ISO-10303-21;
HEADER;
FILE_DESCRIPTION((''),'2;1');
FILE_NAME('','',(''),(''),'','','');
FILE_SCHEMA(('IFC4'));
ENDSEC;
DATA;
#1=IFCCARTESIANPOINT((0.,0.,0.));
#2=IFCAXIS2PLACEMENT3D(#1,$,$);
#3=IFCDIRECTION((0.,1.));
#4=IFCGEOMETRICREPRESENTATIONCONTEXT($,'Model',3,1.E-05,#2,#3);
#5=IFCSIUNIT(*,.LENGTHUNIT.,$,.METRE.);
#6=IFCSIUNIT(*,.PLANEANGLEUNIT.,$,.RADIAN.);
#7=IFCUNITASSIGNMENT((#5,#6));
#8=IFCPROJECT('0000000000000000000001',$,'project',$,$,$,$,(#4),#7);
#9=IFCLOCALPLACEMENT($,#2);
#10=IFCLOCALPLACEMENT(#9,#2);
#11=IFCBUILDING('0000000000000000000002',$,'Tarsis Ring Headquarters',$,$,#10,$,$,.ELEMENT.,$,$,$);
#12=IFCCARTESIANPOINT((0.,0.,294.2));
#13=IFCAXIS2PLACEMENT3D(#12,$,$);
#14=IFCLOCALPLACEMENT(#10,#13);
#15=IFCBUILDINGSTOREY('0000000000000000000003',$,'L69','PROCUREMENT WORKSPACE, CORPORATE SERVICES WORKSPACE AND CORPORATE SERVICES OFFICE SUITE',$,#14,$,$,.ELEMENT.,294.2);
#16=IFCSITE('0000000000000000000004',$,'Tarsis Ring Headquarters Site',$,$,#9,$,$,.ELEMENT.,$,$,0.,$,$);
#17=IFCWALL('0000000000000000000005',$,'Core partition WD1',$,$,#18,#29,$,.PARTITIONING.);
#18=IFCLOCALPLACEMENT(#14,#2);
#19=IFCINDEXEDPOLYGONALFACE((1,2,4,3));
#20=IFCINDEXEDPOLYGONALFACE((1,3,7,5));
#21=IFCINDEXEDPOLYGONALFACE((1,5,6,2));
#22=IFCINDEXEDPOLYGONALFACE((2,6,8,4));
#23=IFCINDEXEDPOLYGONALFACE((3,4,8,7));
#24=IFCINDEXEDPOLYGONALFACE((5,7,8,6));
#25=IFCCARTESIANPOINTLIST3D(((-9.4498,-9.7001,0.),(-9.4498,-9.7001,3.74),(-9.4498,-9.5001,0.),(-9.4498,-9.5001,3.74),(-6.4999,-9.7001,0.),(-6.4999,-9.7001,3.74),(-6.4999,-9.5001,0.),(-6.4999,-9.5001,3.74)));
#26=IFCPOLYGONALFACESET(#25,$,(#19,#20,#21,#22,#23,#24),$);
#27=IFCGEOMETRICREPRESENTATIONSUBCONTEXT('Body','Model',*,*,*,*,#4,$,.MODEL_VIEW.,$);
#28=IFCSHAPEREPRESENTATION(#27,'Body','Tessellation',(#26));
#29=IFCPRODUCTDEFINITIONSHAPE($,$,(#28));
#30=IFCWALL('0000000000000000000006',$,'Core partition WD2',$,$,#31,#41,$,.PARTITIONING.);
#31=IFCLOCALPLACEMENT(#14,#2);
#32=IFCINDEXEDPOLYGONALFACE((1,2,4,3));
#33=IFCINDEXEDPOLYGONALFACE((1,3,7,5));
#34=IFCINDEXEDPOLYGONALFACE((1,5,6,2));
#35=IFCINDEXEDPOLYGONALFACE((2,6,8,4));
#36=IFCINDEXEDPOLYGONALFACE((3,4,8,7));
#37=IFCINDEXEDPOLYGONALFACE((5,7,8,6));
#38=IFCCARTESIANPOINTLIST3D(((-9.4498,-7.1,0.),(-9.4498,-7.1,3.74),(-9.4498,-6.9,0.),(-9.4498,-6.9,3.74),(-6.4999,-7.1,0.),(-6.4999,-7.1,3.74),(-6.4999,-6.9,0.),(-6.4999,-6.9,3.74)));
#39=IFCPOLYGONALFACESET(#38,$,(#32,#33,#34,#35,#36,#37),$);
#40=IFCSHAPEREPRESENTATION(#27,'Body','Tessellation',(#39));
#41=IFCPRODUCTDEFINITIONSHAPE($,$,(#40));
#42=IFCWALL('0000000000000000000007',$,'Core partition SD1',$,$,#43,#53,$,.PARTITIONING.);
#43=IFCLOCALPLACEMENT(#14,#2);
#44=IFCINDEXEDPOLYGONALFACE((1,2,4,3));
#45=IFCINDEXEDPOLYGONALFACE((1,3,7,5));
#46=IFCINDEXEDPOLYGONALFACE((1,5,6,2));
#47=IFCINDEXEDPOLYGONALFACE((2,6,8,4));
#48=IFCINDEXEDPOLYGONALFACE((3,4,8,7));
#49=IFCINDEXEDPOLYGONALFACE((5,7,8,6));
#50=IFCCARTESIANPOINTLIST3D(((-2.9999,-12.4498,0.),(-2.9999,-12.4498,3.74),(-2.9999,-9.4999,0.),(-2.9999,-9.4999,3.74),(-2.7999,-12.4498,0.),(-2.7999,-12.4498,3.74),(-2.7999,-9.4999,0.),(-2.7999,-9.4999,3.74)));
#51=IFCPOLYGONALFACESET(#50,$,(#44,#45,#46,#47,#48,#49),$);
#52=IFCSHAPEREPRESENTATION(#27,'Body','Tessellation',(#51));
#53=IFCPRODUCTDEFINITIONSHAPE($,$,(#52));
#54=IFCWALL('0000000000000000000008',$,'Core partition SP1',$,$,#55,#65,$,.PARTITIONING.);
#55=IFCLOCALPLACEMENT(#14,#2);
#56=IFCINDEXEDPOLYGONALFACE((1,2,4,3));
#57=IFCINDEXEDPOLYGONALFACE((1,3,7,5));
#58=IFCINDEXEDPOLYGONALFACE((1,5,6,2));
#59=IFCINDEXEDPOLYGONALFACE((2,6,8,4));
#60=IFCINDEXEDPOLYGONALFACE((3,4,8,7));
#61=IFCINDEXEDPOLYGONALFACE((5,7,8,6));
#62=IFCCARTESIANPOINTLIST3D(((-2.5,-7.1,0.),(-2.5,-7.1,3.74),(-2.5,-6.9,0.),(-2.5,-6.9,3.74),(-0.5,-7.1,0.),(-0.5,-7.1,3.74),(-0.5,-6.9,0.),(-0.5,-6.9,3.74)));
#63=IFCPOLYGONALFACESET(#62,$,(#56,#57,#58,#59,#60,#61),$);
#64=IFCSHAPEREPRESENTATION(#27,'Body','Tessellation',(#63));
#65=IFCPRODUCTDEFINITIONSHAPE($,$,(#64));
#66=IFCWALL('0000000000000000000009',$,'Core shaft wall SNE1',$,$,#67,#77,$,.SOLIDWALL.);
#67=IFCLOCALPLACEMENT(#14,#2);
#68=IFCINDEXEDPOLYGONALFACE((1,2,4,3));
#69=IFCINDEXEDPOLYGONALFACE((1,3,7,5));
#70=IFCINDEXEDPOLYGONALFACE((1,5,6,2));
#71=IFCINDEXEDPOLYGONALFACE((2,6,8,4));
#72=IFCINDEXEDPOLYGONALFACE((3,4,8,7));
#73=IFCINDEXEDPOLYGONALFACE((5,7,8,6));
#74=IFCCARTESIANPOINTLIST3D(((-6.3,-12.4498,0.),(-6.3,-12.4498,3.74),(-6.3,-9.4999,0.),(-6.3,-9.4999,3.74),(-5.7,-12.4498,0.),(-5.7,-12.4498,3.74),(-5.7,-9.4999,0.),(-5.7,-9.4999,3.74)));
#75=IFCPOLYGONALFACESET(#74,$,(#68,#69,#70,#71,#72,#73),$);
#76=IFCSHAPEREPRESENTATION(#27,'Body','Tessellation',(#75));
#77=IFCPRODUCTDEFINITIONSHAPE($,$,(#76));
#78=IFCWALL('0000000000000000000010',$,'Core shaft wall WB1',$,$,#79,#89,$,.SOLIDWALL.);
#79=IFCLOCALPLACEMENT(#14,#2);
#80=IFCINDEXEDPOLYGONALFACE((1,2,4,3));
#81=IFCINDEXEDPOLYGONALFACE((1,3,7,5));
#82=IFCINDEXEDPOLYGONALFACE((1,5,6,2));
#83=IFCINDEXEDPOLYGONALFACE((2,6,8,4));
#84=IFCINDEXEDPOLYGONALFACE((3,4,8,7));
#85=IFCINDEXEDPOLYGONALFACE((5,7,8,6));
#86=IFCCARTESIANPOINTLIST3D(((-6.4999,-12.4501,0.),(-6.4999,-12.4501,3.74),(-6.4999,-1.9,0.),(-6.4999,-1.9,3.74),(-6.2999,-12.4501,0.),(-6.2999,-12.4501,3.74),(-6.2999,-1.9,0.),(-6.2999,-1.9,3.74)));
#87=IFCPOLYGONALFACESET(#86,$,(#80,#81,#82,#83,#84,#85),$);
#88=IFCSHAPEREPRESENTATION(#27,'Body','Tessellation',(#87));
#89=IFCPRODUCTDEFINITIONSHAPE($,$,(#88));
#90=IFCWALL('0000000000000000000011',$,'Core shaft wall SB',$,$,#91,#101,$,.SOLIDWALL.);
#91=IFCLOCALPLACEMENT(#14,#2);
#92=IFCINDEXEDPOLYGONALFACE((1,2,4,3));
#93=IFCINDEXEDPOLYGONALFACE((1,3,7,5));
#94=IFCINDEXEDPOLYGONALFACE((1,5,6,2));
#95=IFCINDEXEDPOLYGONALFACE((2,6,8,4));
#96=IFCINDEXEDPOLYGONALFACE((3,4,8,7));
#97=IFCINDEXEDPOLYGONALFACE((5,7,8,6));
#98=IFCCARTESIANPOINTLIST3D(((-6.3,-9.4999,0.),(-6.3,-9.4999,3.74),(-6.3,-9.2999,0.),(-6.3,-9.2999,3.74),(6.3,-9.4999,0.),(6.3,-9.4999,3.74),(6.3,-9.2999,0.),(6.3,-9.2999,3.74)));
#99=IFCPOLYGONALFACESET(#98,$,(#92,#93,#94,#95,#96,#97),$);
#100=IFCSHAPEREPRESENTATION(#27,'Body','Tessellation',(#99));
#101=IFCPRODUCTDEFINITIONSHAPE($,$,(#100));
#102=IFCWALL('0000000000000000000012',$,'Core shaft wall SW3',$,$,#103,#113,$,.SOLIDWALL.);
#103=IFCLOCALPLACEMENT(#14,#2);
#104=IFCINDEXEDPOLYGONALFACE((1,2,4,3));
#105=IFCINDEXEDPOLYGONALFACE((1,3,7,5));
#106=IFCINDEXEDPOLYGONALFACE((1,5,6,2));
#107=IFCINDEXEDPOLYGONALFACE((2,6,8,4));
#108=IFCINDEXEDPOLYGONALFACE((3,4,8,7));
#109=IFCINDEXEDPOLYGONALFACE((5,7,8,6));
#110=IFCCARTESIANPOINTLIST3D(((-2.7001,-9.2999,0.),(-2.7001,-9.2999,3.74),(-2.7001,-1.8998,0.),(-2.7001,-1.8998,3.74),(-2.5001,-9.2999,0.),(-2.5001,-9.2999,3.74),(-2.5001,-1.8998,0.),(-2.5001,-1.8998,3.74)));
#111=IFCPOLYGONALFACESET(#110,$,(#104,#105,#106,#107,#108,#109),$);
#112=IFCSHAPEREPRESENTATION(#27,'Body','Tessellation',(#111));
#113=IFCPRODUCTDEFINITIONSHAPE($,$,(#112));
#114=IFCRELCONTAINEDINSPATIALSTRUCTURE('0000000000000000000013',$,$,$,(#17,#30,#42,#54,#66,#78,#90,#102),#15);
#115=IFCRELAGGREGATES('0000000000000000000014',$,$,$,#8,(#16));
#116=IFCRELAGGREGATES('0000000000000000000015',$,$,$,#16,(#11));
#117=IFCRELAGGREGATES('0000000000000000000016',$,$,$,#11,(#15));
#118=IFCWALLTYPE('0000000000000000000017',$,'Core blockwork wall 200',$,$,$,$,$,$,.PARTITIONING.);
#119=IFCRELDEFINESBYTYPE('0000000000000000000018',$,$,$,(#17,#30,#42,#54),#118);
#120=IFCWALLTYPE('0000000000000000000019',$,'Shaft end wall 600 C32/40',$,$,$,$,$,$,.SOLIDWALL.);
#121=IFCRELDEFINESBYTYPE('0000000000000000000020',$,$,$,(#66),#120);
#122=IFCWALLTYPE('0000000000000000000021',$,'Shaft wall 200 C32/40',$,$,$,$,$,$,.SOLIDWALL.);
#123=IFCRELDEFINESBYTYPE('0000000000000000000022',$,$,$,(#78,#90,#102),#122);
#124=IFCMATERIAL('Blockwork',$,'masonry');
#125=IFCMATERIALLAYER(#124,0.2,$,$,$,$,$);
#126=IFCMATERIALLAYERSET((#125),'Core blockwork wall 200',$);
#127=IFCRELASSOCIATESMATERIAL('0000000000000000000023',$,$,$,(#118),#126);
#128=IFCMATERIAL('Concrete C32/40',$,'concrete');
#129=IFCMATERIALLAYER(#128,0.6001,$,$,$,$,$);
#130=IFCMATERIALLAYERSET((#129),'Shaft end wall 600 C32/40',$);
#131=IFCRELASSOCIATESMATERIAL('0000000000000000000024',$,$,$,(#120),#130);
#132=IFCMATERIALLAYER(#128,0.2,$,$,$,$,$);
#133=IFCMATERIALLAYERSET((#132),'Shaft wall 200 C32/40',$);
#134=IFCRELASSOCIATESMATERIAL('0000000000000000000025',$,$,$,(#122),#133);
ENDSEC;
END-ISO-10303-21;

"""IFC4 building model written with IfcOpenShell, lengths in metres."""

from ifc_helpers import new_model, si_unit, direction, frame, frame_2d, origin, place, context, subcontext, project, spatial, rectangle, extrude, material, layer, layer_set, type_object, element, save


model = new_model("IFC4")

# Units and contexts
model_context = context("Model", 3, precision=1e-05, world=origin(), true_north=direction((0.0, 1.0)))
body_context = subcontext(model_context, "Body", "Model", "MODEL_VIEW")
ifc_project = project(units=[si_unit("LENGTHUNIT", "METRE"), si_unit("PLANEANGLEUNIT", "RADIAN")], contexts=[model_context])

# Site, building, storey
site_placement = place(None, origin())
site = spatial("IfcSite", under=ifc_project, at=site_placement, Name="Tarsis Ring Headquarters Site", CompositionType="ELEMENT", RefElevation=0.0)
building_placement = place(site_placement, origin())
building = spatial("IfcBuilding", under=site, at=building_placement, Name="Tarsis Ring Headquarters", CompositionType="ELEMENT")
storey_placement = place(building_placement, frame((0.0, 0.0, 294.2)))
storey = spatial("IfcBuildingStorey", under=building, at=storey_placement, Name="L69", Description="PROCUREMENT WORKSPACE, CORPORATE SERVICES WORKSPACE AND CORPORATE SERVICES OFFICE SUITE", CompositionType="ELEMENT", Elevation=294.2)

# Walls
ifc_material_1 = material(Name="Blockwork", Category="masonry")
ifc_layer_1 = layer(ifc_material_1, 0.2)
ifc_layer_set_1 = layer_set([ifc_layer_1], Name="Core blockwork wall 200")
wall_type_1 = type_object("IfcWallType", Name="Core blockwork wall 200", PredefinedType="PARTITIONING", material=ifc_layer_set_1)
for number, where, z_axis, x_axis, name in (
    (1, (-9.45, -9.6001, 0.0), (0.0, 0.0, 1.0), (1.0, 0.0, 0.0), "Core partition WD1"),
    (2, (-9.45, -7.0, 0.0), (0.0, 0.0, 1.0), (1.0, 0.0, 0.0), "Core partition WD2"),
    (3, (-2.8999, -12.45, 0.0), (0.0, 0.0, 1.0), (0.0, 1.0, 0.0), "Core partition SD1"),
):
    element("IfcWall", number, at=place(storey_placement, frame(where, z_axis=z_axis, x_axis=x_axis)), inside=storey, type_object=wall_type_1, Name=name, PredefinedType="PARTITIONING", context=body_context, shape_type="SweptSolid", body=[
        extrude(rectangle(XDim=2.95, YDim=0.2, at=frame_2d((1.4751, 0.0))), origin(), (0.0, 0.0, 1.0), 3.74),
    ])
wall_1_placement = place(storey_placement, frame((-2.5, -7.0, 0.0), z_axis=(0.0, 0.0, 1.0), x_axis=(1.0, 0.0, 0.0)))
element("IfcWall", 4, at=wall_1_placement, inside=storey, type_object=wall_type_1, Name="Core partition SP1", PredefinedType="PARTITIONING", context=body_context, shape_type="SweptSolid", body=[
    extrude(rectangle(XDim=2.0, YDim=0.2, at=frame_2d((1.0, 0.0))), origin(), (0.0, 0.0, 1.0), 3.74),
])
ifc_material_2 = material(Name="Concrete C32/40", Category="concrete")
ifc_layer_2 = layer(ifc_material_2, 0.6001)
ifc_layer_set_2 = layer_set([ifc_layer_2], Name="Shaft end wall 600 C32/40")
wall_type_2 = type_object("IfcWallType", Name="Shaft end wall 600 C32/40", PredefinedType="SOLIDWALL", material=ifc_layer_set_2)
wall_2_placement = place(storey_placement, frame((-6.0, -12.45, 0.0), z_axis=(0.0, 0.0, 1.0), x_axis=(0.0, 1.0, 0.0)))
element("IfcWall", 5, at=wall_2_placement, inside=storey, type_object=wall_type_2, Name="Core shaft wall SNE1", PredefinedType="SOLIDWALL", context=body_context, shape_type="SweptSolid", body=[
    extrude(rectangle(XDim=2.95, YDim=0.6001, at=frame_2d((1.4751, 0.0))), origin(), (0.0, 0.0, 1.0), 3.74),
])
ifc_layer_3 = layer(ifc_material_2, 0.2)
ifc_layer_set_3 = layer_set([ifc_layer_3], Name="Shaft wall 200 C32/40")
wall_type_3 = type_object("IfcWallType", Name="Shaft wall 200 C32/40", PredefinedType="SOLIDWALL", material=ifc_layer_set_3)
wall_3_placement = place(storey_placement, frame((-6.3999, -12.45, 0.0), z_axis=(0.0, 0.0, 1.0), x_axis=(0.0, 1.0, 0.0)))
element("IfcWall", 6, at=wall_3_placement, inside=storey, type_object=wall_type_3, Name="Core shaft wall WB1", PredefinedType="SOLIDWALL", context=body_context, shape_type="SweptSolid", body=[
    extrude(rectangle(XDim=10.55, YDim=0.2, at=frame_2d((5.2749, 0.0))), origin(), (0.0, 0.0, 1.0), 3.74),
])
wall_4_placement = place(storey_placement, frame((-6.3, -9.3999, 0.0), z_axis=(0.0, 0.0, 1.0), x_axis=(1.0, 0.0, 0.0)))
element("IfcWall", 7, at=wall_4_placement, inside=storey, type_object=wall_type_3, Name="Core shaft wall SB", PredefinedType="SOLIDWALL", context=body_context, shape_type="SweptSolid", body=[
    extrude(rectangle(XDim=12.6001, YDim=0.2, at=frame_2d((6.3, 0.0))), origin(), (0.0, 0.0, 1.0), 3.74),
])
wall_5_placement = place(storey_placement, frame((-2.6001, -9.3, 0.0), z_axis=(0.0, 0.0, 1.0), x_axis=(0.0, 1.0, 0.0)))
element("IfcWall", 8, at=wall_5_placement, inside=storey, type_object=wall_type_3, Name="Core shaft wall SW3", PredefinedType="SOLIDWALL", context=body_context, shape_type="SweptSolid", body=[
    extrude(rectangle(XDim=7.4001, YDim=0.2, at=frame_2d((3.7002, 0.0))), origin(), (0.0, 0.0, 1.0), 3.74),
])

save(model, "model.ifc")
